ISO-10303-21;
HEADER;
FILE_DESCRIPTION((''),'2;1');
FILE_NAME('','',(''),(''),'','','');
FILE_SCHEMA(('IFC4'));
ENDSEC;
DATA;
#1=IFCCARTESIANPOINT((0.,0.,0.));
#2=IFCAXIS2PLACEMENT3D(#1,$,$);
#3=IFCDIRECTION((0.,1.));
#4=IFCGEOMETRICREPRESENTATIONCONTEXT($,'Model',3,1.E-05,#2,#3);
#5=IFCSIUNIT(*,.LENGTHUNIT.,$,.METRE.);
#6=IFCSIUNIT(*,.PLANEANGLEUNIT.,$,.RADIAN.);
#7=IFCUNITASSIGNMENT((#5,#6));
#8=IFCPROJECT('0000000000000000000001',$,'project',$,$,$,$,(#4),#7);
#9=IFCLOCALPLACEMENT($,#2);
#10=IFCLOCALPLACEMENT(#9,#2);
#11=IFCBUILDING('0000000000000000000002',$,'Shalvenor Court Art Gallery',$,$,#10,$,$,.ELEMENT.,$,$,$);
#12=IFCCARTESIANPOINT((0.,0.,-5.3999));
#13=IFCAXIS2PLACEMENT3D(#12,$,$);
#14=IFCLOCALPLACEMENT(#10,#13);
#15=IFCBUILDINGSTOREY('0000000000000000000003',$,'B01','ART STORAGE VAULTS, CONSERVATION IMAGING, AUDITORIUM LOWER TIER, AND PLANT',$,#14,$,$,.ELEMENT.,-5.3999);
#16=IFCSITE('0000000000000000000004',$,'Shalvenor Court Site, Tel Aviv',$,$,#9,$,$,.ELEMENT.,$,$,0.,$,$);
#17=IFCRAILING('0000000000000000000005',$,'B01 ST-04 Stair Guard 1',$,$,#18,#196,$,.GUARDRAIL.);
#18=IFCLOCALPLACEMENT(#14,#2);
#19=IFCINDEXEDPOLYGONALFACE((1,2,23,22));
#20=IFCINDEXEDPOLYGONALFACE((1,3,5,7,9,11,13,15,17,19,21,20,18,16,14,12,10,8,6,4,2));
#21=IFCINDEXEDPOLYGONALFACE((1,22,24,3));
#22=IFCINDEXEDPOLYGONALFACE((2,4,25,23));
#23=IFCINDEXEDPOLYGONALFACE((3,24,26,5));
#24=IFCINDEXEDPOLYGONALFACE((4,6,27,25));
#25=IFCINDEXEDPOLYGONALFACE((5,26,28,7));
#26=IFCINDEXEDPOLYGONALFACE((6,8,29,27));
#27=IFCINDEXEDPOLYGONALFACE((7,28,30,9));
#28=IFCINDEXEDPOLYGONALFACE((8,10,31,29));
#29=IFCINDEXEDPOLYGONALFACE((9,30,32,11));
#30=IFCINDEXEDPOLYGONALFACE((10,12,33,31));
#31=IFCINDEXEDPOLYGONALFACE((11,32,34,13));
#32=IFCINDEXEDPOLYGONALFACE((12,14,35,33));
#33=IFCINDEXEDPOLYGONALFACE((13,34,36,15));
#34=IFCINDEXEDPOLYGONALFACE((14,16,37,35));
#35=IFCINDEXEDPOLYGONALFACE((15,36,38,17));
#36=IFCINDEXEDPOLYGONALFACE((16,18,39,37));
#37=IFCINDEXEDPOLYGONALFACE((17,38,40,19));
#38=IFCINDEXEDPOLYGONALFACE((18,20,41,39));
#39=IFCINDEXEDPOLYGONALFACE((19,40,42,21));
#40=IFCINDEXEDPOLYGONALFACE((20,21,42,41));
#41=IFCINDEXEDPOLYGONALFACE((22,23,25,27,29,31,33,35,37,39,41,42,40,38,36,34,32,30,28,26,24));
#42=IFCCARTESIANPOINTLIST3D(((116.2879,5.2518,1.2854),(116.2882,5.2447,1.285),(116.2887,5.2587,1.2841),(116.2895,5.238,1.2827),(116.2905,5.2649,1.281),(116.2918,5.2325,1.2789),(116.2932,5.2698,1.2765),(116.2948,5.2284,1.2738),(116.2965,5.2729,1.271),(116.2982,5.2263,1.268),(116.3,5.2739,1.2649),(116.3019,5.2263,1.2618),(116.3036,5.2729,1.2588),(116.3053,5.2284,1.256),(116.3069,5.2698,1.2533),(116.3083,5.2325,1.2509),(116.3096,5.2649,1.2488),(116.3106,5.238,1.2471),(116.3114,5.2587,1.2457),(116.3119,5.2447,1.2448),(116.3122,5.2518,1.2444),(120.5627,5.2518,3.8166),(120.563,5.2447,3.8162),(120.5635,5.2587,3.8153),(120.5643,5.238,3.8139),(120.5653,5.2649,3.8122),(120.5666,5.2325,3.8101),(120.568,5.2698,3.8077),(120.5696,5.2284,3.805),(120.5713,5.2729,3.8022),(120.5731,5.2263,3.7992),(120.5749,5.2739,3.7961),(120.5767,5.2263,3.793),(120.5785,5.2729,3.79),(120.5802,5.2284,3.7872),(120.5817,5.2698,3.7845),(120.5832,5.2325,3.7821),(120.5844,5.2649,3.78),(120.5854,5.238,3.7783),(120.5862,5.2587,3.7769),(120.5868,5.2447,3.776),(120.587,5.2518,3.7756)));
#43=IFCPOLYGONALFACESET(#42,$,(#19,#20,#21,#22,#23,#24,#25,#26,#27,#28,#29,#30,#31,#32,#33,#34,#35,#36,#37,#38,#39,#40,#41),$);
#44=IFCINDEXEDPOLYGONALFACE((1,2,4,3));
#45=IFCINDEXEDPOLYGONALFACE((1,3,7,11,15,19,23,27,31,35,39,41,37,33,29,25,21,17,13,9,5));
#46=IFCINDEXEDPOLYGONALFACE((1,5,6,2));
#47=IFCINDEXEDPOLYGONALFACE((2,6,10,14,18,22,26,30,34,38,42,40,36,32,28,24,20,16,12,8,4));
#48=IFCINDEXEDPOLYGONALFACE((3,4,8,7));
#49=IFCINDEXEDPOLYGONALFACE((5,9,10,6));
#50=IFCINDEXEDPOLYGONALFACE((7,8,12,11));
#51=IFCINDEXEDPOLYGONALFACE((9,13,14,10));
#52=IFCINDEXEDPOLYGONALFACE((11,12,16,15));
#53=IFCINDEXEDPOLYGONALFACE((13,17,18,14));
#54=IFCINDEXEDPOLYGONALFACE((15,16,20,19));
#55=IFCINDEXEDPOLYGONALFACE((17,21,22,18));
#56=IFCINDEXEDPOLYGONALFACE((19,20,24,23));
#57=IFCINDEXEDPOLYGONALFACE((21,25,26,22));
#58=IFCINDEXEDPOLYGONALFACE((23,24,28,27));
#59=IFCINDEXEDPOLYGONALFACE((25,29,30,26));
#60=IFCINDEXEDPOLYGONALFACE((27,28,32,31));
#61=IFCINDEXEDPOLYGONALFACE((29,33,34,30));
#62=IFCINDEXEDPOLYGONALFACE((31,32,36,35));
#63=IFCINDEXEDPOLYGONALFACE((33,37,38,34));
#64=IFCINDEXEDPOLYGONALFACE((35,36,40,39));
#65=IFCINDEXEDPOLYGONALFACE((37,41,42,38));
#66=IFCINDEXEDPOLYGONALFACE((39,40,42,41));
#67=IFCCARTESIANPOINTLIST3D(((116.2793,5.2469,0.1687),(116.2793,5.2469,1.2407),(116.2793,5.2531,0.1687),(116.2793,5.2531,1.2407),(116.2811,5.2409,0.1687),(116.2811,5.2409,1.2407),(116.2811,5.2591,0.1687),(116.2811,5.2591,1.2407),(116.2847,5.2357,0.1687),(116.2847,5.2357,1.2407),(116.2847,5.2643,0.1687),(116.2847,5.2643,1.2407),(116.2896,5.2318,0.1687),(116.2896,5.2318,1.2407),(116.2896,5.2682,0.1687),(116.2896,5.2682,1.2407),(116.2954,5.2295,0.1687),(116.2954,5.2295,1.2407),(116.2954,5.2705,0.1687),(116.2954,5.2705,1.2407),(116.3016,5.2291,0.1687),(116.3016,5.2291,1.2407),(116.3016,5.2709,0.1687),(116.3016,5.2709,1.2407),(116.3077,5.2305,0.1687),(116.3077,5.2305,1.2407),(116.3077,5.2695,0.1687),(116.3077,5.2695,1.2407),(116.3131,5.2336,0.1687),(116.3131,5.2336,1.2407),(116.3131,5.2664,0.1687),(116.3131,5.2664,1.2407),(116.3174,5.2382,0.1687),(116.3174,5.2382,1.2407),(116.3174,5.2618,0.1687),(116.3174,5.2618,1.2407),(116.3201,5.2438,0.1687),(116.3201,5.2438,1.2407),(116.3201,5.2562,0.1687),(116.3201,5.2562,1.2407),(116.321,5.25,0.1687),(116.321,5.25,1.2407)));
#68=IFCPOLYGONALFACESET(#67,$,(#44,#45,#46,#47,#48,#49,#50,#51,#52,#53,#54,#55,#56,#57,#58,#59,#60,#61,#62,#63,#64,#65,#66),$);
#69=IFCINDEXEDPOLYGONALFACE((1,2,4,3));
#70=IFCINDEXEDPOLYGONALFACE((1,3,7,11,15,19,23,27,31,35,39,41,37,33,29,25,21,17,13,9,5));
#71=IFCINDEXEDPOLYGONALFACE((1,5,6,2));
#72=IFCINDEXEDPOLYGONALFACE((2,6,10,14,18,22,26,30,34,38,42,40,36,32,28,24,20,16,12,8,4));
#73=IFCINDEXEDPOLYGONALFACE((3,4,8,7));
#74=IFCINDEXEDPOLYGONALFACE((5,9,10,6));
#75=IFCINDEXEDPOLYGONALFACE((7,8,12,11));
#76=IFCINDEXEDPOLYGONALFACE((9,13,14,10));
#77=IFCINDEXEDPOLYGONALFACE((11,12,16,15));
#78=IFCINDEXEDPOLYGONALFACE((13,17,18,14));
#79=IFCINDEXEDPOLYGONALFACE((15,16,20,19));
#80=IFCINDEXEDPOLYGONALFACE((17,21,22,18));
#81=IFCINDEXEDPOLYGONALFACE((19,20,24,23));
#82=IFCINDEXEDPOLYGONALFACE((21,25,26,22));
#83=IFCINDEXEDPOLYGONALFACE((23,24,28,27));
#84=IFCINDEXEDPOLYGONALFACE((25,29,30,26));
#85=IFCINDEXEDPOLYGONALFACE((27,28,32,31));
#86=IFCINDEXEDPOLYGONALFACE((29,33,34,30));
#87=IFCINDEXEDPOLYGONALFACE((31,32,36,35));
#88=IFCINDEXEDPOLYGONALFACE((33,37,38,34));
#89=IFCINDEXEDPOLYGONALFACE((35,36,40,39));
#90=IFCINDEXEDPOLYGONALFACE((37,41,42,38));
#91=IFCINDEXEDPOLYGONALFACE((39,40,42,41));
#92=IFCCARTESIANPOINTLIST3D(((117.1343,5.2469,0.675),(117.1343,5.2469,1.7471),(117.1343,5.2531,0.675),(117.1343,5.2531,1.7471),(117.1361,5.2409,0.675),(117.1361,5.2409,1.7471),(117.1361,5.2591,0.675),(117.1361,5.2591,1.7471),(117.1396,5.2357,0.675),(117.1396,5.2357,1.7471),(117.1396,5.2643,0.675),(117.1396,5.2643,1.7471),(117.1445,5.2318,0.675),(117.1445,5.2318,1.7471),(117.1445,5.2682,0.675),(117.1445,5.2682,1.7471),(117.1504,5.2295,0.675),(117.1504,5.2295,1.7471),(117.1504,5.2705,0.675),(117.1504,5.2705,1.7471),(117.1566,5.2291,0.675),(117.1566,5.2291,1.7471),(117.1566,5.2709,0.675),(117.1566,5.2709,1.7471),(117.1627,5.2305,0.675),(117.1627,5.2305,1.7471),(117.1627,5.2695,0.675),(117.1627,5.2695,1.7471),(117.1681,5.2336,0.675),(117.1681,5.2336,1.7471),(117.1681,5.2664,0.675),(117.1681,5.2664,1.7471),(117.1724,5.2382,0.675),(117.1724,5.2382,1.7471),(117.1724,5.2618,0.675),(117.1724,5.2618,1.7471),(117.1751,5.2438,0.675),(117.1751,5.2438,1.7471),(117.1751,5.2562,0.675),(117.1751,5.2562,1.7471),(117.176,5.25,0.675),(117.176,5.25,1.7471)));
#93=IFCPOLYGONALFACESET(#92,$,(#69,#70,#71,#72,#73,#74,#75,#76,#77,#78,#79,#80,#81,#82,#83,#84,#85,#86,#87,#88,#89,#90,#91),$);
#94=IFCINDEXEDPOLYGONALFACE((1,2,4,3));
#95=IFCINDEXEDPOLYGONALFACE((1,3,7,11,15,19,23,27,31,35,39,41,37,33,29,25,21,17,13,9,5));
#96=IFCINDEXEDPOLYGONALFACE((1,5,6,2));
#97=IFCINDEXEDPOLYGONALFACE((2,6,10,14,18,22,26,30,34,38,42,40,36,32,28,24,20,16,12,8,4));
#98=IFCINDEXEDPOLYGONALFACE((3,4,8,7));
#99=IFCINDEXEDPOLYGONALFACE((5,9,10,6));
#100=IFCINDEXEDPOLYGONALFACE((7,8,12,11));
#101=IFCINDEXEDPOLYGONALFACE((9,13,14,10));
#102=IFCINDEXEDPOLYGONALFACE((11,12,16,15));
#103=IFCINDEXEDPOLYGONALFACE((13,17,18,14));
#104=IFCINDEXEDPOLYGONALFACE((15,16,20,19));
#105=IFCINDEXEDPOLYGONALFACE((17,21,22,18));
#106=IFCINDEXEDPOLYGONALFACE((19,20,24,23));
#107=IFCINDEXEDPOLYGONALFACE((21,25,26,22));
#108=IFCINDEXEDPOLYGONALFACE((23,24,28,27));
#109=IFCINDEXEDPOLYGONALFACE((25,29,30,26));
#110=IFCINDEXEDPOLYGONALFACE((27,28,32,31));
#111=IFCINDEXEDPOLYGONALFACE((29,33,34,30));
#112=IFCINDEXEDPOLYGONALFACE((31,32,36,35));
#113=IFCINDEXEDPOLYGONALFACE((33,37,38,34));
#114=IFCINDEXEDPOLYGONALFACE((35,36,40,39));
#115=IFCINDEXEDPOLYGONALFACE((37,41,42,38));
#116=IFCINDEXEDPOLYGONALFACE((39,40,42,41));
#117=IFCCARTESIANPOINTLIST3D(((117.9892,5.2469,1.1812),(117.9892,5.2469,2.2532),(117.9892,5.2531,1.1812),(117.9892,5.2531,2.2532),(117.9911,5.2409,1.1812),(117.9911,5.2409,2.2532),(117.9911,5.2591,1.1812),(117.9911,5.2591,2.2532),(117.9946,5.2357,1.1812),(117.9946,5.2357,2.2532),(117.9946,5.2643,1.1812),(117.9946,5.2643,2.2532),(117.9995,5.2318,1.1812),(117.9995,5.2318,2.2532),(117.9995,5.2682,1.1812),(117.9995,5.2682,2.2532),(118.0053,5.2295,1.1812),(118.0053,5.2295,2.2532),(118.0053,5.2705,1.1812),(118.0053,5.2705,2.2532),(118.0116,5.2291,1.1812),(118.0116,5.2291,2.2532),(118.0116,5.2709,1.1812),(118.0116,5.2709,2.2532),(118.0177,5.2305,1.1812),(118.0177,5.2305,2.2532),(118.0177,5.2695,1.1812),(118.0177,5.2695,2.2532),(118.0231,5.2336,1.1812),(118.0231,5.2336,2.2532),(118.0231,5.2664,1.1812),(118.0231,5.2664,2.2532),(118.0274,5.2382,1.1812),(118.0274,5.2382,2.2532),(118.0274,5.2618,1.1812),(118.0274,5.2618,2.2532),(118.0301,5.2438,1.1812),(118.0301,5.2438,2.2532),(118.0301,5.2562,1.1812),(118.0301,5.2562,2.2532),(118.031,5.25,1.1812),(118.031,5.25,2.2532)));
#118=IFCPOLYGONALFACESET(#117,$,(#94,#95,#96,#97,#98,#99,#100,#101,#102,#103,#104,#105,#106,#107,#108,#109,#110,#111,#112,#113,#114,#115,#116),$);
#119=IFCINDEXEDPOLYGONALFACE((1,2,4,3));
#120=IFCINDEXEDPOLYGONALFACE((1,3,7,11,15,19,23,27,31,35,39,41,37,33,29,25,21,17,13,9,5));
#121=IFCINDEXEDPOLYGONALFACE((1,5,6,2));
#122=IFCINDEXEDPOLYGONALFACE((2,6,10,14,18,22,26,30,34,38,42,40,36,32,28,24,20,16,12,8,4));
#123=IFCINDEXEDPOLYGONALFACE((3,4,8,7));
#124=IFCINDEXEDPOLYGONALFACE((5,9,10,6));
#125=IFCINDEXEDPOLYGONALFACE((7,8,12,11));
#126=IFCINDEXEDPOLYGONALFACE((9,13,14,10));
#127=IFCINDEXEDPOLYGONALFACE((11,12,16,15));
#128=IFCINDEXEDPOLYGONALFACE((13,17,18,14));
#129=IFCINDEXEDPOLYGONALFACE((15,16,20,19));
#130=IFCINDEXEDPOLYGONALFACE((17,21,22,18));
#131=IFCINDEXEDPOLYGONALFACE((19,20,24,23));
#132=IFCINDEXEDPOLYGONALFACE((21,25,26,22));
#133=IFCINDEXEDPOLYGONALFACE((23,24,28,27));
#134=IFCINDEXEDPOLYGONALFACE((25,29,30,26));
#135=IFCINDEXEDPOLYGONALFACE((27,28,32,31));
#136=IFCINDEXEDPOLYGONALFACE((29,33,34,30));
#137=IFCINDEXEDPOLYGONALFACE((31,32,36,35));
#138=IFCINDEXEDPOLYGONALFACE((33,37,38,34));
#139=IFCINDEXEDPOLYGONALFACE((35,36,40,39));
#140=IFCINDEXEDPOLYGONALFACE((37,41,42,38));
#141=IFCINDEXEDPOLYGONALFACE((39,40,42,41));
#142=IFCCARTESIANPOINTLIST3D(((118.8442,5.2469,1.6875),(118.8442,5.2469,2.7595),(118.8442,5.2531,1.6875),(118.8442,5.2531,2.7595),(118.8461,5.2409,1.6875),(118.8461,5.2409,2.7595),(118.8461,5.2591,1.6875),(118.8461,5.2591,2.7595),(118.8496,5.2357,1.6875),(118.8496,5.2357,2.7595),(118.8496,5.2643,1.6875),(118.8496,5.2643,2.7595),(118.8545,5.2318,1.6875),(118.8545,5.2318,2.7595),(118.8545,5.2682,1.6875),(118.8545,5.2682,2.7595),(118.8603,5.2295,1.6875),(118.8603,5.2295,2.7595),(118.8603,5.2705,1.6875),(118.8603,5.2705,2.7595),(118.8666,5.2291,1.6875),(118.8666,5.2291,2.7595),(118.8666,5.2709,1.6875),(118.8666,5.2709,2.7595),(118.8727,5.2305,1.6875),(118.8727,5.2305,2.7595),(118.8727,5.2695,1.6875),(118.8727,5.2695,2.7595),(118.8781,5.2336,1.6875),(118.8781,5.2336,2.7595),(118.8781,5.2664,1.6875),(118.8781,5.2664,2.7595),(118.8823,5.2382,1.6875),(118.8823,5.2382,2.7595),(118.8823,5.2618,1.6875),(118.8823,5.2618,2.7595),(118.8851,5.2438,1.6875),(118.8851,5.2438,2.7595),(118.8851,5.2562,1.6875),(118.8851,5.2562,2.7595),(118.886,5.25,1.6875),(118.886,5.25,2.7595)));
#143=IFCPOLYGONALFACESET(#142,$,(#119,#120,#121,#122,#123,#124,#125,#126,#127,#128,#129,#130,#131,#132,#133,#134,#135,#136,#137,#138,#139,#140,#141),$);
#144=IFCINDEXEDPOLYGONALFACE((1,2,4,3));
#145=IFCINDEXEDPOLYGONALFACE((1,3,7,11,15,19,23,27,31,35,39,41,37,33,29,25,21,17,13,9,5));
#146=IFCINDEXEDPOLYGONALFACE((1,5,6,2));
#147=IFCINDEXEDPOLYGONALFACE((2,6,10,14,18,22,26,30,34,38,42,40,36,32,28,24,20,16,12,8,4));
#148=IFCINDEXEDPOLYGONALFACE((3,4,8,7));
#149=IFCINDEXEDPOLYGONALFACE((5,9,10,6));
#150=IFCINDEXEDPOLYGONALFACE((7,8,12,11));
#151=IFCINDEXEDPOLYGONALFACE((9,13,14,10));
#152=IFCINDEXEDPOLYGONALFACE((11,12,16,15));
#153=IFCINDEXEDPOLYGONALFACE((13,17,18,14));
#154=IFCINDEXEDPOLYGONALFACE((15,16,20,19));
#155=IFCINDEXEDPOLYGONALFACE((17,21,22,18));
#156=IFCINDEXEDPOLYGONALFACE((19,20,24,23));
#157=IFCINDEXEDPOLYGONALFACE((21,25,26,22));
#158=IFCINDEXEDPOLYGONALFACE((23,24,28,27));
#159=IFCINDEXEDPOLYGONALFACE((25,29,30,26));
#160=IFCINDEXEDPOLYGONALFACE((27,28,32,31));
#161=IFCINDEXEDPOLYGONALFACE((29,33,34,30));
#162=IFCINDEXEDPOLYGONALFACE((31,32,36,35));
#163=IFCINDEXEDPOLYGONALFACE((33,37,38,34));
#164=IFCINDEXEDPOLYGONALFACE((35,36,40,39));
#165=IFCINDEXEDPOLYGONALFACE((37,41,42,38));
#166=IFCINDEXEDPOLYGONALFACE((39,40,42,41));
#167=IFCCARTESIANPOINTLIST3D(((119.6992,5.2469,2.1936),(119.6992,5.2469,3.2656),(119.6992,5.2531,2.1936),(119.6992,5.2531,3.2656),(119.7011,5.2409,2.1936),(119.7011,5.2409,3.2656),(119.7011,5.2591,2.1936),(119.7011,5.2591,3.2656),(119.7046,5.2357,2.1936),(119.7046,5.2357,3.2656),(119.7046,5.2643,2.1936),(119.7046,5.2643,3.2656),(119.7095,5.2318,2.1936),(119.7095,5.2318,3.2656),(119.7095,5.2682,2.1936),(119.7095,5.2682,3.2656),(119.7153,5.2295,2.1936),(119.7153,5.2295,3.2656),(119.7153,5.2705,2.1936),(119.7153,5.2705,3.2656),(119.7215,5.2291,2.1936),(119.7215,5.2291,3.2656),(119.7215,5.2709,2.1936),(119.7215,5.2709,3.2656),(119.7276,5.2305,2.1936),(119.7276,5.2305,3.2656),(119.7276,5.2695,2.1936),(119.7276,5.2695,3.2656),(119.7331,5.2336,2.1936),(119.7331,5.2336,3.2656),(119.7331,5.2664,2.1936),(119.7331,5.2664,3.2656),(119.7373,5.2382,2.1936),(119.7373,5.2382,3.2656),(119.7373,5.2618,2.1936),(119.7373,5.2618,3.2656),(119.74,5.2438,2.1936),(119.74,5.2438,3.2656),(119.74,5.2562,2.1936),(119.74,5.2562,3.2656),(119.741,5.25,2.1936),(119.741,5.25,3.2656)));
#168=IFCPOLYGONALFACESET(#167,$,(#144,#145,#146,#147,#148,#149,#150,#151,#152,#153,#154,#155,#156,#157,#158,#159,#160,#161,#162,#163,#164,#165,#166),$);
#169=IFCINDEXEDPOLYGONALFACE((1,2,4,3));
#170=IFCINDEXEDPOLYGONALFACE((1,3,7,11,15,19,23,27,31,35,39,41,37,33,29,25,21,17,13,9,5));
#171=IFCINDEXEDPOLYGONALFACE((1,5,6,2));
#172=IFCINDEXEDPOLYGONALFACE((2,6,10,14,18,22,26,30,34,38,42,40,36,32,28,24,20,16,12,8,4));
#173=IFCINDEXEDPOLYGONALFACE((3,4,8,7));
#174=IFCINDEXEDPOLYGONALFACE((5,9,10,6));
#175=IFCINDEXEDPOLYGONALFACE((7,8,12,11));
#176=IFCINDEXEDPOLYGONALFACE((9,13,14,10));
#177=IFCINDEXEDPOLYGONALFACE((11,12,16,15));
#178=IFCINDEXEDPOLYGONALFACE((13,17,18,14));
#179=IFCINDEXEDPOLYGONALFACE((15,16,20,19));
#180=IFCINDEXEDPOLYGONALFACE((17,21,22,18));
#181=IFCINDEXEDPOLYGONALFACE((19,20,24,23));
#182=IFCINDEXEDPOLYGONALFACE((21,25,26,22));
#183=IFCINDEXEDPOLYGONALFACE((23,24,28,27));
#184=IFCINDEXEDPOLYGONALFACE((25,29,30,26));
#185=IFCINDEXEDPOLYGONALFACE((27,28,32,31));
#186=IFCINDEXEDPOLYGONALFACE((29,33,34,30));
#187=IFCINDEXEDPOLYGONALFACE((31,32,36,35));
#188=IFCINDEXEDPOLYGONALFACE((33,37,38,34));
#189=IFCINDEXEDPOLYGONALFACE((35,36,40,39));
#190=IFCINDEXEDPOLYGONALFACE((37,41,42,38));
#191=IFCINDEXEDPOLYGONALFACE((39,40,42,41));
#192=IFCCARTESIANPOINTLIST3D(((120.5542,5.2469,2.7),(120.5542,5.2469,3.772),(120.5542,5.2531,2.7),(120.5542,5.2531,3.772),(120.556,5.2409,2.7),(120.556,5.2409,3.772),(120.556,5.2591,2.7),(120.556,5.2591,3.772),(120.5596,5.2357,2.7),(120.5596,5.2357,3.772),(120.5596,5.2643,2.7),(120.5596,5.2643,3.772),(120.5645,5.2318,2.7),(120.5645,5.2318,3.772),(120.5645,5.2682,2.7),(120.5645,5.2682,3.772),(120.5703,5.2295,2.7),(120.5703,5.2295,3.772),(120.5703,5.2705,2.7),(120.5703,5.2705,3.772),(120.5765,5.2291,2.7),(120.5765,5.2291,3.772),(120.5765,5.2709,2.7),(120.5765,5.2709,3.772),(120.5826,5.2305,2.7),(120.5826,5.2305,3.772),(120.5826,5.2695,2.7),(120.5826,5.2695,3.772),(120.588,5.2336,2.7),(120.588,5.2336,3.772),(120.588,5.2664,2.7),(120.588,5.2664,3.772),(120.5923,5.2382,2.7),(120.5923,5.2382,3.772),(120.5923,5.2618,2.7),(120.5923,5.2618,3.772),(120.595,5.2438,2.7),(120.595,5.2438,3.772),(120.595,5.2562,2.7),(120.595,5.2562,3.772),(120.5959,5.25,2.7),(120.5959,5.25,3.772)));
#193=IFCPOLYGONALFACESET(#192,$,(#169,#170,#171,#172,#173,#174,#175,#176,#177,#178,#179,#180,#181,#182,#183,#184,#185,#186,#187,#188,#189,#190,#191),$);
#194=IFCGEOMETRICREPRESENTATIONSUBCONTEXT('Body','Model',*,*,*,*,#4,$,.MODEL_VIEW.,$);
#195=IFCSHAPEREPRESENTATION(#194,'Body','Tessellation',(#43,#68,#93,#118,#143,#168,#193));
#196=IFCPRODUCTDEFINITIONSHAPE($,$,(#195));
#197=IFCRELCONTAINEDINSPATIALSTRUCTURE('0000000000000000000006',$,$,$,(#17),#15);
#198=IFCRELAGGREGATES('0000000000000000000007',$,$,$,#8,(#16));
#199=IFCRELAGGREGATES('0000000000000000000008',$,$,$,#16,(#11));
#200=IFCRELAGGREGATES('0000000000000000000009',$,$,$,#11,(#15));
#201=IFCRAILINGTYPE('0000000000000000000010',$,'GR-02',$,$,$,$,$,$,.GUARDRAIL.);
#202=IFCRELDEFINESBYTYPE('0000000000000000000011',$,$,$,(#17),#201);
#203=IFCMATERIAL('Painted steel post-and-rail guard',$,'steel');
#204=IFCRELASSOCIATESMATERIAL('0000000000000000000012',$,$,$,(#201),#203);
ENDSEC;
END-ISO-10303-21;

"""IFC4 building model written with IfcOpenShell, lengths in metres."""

from ifc_helpers import new_model, si_unit, direction, frame, origin, origin_2d, place, context, subcontext, project, spatial, circle, extrude, material, type_object, element, save


model = new_model("IFC4")

# Units and contexts
model_context = context("Model", 3, precision=1e-05, world=origin(), true_north=direction((0.0, 1.0)))
body_context = subcontext(model_context, "Body", "Model", "MODEL_VIEW")
ifc_project = project(units=[si_unit("LENGTHUNIT", "METRE"), si_unit("PLANEANGLEUNIT", "RADIAN")], contexts=[model_context])

# Site, building, storey
site_placement = place(None, origin())
site = spatial("IfcSite", under=ifc_project, at=site_placement, Name="Shalvenor Court Site, Tel Aviv", CompositionType="ELEMENT", RefElevation=0.0)
building_placement = place(site_placement, origin())
building = spatial("IfcBuilding", under=site, at=building_placement, Name="Shalvenor Court Art Gallery", CompositionType="ELEMENT")
storey_placement = place(building_placement, frame((0.0, 0.0, -5.3999)))
storey = spatial("IfcBuildingStorey", under=building, at=storey_placement, Name="B01", Description="ART STORAGE VAULTS, CONSERVATION IMAGING, AUDITORIUM LOWER TIER, AND PLANT", CompositionType="ELEMENT", Elevation=-5.3999)

# Railing
ifc_material_1 = material(Name="Painted steel post-and-rail guard", Category="steel")
railing_type_1 = type_object("IfcRailingType", Name="GR-02", PredefinedType="GUARDRAIL", material=ifc_material_1)
railing_1_placement = place(storey_placement, frame((116.3, 5.25, 0.1687)))
element("IfcRailing", 1, at=railing_1_placement, inside=storey, type_object=railing_type_1, Name="B01 ST-04 Stair Guard 1", PredefinedType="GUARDRAIL", context=body_context, shape_type="SweptSolid", body=[
    extrude(circle(Radius=0.0239, at=origin_2d()), frame((0.0, 0.0, 1.0962), z_axis=(0.86047, 0.0, 0.509501), x_axis=(0.0, 1.0, 0.0)), (0.0, 0.0, 1.0), 4.968),
    extrude(circle(Radius=0.021, at=origin_2d()), origin(), (0.0, 0.0, 1.0), 1.072),
    extrude(circle(Radius=0.021, at=origin_2d()), frame((0.855, 0.0, 0.5063)), (0.0, 0.0, 1.0), 1.072),
    extrude(circle(Radius=0.021, at=origin_2d()), frame((1.71, 0.0, 1.0125)), (0.0, 0.0, 1.0), 1.072),
    extrude(circle(Radius=0.021, at=origin_2d()), frame((2.5649, 0.0, 1.5188)), (0.0, 0.0, 1.0), 1.072),
    extrude(circle(Radius=0.021, at=origin_2d()), frame((3.4199, 0.0, 2.0249)), (0.0, 0.0, 1.0), 1.072),
    extrude(circle(Radius=0.021, at=origin_2d()), frame((4.2749, 0.0, 2.5312)), (0.0, 0.0, 1.0), 1.072),
])

save(model, "model.ifc")
